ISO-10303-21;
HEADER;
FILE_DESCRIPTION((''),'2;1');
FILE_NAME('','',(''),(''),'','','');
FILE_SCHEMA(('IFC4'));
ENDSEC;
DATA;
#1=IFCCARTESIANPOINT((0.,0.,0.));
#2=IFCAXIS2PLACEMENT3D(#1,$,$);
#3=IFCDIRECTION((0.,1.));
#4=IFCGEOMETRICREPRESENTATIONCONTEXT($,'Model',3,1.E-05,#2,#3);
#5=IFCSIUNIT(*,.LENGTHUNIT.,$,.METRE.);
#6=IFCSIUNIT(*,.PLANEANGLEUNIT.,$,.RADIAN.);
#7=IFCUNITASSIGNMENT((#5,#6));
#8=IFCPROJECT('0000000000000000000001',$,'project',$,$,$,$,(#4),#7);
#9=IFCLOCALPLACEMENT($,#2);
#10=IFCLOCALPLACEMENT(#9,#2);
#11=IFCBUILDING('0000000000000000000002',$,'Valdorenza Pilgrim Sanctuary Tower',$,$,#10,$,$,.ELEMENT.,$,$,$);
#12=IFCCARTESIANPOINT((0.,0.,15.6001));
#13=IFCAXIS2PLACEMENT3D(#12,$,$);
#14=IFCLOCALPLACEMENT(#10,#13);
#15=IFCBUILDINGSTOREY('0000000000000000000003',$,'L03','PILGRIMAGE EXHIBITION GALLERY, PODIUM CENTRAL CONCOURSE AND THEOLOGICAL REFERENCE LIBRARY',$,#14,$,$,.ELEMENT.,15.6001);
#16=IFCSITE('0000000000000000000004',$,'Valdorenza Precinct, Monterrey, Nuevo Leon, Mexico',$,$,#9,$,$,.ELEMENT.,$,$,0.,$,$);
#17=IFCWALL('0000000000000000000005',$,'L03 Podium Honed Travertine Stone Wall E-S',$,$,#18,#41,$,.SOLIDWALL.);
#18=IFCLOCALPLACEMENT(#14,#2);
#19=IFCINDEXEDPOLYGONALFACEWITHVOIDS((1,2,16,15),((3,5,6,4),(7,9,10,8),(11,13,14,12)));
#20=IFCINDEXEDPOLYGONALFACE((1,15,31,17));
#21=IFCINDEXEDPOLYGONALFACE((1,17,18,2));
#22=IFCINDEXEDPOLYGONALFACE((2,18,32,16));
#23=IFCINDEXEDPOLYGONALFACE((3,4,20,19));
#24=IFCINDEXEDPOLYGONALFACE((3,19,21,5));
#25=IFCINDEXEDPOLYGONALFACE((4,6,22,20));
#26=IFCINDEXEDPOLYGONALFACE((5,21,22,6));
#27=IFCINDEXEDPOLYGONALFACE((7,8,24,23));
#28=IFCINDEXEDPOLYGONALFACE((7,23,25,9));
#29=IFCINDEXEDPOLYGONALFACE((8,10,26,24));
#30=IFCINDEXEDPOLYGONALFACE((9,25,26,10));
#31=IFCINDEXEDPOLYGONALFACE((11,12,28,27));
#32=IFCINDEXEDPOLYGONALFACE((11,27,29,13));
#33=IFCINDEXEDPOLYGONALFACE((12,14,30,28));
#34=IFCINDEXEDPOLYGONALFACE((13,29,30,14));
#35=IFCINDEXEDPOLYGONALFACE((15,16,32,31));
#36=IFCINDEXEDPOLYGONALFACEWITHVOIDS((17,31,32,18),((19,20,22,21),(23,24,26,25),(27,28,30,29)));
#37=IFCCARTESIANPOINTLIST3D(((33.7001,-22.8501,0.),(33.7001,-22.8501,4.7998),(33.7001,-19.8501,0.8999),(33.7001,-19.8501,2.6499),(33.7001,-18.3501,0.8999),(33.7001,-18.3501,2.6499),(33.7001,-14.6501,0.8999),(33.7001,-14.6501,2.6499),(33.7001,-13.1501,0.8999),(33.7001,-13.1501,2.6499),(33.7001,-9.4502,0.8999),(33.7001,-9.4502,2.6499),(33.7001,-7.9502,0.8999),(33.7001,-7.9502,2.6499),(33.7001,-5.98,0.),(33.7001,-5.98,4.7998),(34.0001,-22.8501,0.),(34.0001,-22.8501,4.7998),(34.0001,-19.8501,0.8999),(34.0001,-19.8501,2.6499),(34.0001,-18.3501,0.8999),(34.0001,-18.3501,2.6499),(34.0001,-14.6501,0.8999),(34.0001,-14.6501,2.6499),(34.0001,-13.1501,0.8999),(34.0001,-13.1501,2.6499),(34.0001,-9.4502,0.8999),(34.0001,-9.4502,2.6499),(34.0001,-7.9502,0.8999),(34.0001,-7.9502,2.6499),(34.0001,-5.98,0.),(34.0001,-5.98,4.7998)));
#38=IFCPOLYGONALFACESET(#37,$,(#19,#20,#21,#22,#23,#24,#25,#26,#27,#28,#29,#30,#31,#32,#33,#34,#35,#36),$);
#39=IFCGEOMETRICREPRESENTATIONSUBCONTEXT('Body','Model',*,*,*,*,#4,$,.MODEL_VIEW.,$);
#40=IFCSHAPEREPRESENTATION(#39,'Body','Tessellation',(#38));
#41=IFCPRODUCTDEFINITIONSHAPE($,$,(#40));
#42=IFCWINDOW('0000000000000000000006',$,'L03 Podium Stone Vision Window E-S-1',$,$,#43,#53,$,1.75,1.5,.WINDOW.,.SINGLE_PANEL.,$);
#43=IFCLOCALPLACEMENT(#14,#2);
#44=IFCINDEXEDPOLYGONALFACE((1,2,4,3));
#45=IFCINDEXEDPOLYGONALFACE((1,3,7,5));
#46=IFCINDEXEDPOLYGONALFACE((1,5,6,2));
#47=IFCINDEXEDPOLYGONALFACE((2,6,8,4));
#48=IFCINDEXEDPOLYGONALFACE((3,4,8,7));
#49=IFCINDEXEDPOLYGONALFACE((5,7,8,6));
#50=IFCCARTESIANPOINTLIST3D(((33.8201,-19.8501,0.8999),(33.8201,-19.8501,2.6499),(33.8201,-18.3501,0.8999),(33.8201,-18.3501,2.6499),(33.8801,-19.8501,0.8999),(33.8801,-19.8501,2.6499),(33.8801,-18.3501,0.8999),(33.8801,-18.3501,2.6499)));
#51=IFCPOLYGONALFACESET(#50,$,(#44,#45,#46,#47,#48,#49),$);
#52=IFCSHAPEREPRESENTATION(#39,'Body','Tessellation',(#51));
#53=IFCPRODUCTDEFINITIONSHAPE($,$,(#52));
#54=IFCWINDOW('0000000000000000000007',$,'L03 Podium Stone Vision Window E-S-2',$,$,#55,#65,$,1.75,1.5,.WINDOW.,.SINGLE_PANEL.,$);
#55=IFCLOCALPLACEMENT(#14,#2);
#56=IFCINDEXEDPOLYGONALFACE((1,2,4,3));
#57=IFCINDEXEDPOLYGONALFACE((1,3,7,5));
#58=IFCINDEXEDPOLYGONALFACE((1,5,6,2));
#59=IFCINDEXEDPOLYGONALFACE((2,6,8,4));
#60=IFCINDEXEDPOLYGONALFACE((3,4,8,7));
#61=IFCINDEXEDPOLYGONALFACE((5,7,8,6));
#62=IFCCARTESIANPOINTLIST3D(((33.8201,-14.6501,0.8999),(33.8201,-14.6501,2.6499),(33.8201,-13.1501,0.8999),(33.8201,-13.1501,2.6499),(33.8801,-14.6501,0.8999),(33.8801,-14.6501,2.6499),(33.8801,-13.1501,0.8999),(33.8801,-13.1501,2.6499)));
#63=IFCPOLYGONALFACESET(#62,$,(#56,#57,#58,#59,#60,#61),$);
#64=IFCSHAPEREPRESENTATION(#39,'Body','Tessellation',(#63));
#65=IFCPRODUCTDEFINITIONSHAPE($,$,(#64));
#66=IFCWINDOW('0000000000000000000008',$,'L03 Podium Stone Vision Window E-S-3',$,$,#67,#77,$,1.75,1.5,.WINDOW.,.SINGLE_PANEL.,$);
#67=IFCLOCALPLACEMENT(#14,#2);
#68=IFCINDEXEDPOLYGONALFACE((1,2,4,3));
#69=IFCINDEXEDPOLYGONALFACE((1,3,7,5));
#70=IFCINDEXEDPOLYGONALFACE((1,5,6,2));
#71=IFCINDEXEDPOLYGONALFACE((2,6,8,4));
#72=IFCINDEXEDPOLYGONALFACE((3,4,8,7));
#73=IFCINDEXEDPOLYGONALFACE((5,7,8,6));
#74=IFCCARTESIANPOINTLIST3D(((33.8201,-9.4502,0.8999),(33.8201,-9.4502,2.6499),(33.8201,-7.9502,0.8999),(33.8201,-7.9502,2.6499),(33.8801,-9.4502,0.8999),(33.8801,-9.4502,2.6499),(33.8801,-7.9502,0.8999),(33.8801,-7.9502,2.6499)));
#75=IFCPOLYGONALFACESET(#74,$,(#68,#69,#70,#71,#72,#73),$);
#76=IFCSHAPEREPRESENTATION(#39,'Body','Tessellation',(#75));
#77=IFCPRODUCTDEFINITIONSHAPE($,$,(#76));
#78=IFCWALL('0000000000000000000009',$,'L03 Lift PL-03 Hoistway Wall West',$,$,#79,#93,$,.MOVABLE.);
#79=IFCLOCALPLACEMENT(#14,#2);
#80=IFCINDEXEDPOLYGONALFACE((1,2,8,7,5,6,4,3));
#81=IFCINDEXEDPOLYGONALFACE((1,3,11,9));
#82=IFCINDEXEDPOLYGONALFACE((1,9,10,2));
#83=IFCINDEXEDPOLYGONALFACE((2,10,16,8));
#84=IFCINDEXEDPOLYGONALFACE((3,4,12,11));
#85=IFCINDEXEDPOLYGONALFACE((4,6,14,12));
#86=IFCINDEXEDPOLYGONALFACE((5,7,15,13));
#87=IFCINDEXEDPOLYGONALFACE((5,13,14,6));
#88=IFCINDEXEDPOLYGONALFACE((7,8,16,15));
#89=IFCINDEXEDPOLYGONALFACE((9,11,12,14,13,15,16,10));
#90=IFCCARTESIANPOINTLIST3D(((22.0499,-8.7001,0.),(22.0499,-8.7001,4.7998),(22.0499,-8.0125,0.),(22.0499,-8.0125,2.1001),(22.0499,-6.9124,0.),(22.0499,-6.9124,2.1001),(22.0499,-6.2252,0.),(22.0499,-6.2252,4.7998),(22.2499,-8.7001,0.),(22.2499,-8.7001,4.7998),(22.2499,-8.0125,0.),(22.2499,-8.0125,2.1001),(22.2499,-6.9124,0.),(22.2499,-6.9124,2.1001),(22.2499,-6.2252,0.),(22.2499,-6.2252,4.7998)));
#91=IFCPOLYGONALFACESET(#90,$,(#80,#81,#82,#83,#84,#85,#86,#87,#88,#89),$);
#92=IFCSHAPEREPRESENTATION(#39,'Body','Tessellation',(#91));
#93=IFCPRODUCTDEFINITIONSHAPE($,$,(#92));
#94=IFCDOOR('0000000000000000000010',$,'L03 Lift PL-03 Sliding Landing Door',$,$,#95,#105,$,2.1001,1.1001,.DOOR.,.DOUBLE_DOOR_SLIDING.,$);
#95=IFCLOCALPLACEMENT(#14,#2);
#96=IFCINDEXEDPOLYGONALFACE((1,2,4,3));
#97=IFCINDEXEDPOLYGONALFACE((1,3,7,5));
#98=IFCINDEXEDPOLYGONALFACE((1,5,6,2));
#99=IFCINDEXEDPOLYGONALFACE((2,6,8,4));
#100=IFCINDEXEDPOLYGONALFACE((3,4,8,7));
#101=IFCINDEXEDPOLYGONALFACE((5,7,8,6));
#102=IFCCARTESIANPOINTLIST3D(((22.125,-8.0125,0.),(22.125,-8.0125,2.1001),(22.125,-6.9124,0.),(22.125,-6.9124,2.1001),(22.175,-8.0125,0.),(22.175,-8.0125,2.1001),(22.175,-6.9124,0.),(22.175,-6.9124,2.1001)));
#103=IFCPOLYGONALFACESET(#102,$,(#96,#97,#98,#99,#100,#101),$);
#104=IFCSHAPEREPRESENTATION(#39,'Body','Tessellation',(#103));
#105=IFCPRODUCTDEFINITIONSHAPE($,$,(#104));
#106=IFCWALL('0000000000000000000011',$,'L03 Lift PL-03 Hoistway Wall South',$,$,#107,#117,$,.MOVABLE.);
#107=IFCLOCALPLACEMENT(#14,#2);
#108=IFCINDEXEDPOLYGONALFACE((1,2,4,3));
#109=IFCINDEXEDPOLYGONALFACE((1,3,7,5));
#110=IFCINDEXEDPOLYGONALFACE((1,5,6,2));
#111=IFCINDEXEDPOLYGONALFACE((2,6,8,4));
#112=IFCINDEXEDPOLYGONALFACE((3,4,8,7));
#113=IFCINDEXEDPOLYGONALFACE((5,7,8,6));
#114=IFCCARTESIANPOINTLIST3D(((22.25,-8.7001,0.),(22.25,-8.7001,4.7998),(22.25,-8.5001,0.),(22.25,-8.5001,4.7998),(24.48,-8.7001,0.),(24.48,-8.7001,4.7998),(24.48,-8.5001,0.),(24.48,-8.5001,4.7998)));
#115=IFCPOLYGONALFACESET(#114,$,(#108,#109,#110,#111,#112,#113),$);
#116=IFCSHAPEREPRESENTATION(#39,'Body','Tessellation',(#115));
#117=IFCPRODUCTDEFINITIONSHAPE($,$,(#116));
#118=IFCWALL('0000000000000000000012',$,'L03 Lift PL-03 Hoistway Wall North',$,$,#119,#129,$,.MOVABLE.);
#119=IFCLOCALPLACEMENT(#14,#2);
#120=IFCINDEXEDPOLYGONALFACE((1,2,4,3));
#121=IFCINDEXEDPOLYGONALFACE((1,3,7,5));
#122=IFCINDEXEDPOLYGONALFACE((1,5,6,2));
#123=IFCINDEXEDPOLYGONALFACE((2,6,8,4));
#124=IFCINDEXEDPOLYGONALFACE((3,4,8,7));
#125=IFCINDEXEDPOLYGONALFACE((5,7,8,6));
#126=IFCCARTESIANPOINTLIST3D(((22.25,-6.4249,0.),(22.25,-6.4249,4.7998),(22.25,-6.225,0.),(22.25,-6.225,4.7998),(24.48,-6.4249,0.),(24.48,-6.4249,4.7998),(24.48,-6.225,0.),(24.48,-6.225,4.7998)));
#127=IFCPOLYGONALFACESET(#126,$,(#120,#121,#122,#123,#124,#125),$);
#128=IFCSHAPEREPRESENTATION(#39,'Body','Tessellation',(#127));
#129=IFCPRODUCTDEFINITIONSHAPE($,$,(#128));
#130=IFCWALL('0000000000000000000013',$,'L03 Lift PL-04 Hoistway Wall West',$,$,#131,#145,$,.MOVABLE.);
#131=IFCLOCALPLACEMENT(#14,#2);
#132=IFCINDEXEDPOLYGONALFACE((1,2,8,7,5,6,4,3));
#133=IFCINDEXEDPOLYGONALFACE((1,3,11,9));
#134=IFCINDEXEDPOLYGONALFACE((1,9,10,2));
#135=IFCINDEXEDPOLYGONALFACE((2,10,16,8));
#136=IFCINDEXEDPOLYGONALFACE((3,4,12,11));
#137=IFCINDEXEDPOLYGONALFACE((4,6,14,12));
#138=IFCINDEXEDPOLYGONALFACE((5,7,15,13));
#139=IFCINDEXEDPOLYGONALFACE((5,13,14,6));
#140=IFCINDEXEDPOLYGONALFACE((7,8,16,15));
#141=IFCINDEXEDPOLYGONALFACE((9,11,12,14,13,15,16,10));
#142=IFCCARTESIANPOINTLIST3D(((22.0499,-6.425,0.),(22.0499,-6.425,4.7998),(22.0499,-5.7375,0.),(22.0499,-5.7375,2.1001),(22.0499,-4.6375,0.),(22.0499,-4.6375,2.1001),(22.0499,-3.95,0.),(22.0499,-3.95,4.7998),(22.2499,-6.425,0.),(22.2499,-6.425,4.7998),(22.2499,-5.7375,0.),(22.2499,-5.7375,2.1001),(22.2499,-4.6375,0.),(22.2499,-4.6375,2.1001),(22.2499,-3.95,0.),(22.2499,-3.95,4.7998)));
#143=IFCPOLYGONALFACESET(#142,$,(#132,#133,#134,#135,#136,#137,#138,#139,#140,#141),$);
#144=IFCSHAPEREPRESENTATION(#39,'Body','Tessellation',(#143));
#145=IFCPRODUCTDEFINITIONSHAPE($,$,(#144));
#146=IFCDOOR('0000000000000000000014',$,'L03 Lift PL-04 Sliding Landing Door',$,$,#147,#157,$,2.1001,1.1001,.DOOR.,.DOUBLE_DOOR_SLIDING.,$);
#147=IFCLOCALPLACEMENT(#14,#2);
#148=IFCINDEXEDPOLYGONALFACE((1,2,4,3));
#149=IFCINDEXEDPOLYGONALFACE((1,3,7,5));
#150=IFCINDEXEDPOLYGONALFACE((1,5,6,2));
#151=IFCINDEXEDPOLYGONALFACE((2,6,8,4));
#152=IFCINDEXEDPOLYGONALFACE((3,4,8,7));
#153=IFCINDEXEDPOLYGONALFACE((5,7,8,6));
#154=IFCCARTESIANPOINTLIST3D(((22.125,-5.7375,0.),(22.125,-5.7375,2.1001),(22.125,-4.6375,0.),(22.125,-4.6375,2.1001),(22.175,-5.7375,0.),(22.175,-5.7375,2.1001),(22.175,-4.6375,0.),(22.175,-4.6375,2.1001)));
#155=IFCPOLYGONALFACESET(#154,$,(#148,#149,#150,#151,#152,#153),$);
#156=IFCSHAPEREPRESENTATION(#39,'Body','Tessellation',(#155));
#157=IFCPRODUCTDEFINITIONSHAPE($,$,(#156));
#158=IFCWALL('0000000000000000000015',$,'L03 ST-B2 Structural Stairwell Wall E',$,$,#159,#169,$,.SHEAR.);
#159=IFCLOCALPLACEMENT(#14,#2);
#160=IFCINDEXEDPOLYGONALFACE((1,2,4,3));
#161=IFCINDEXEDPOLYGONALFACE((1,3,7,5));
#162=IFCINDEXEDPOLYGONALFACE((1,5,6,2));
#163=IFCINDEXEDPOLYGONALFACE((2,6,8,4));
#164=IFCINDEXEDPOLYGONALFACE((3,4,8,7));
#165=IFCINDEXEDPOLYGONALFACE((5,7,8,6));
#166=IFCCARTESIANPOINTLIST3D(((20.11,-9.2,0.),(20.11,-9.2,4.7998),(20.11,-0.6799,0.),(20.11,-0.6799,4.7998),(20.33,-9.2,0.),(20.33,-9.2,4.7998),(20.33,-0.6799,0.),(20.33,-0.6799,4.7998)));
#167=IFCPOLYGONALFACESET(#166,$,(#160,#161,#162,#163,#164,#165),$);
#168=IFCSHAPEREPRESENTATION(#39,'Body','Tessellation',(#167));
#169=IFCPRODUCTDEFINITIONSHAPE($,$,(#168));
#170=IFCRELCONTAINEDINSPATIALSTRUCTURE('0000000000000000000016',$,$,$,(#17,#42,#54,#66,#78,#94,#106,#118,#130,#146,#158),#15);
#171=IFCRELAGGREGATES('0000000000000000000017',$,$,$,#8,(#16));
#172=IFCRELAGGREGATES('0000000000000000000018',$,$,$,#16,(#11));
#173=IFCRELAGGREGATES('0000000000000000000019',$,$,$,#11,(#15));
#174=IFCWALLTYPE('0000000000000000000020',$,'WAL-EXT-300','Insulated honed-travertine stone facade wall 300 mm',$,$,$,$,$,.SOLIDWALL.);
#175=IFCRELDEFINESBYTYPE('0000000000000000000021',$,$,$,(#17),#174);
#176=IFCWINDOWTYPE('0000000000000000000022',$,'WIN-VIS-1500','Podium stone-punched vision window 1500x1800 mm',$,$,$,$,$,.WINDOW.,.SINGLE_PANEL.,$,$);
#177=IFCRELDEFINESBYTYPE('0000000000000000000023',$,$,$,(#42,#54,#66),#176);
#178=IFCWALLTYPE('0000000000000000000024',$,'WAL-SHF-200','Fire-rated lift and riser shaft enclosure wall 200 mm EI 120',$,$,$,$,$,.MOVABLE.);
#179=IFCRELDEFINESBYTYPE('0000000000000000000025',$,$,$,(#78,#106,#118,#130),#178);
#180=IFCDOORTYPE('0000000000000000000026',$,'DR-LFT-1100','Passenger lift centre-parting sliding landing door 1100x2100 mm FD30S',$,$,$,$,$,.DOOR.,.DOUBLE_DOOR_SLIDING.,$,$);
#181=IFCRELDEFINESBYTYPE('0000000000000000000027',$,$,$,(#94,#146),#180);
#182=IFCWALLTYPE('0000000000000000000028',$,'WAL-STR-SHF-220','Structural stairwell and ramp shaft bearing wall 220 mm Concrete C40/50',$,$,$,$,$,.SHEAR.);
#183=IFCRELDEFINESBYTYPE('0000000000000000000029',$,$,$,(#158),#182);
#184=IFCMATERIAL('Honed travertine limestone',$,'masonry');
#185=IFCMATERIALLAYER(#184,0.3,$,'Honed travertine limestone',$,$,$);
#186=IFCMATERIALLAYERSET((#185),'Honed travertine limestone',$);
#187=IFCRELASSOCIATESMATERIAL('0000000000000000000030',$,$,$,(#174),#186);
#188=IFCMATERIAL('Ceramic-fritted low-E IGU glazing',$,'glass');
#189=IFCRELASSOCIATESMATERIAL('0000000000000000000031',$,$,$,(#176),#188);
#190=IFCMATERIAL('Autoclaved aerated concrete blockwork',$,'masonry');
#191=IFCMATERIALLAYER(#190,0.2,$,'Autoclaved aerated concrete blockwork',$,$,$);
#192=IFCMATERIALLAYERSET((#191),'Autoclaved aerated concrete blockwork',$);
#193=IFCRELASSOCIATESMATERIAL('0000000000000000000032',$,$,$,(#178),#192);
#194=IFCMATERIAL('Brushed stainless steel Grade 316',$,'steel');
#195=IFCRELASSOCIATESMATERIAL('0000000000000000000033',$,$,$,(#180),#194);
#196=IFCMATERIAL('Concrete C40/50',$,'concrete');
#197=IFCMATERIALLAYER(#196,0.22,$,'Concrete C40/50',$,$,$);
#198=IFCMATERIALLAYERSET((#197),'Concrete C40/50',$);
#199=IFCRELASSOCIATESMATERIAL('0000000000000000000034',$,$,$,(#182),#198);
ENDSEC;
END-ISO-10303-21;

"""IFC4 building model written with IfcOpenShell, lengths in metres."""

from ifc_helpers import new_model, si_unit, direction, frame, frame_2d, origin, place, context, subcontext, project, spatial, rectangle, extrude, material, layer, layer_set, type_object, element, fill, save


model = new_model("IFC4")

# Units and contexts
model_context = context("Model", 3, precision=1e-05, world=origin(), true_north=direction((0.0, 1.0)))
body_context = subcontext(model_context, "Body", "Model", "MODEL_VIEW")
ifc_project = project(units=[si_unit("LENGTHUNIT", "METRE"), si_unit("PLANEANGLEUNIT", "RADIAN")], contexts=[model_context])

# Site, building, storey
site_placement = place(None, origin())
site = spatial("IfcSite", under=ifc_project, at=site_placement, Name="Valdorenza Precinct, Monterrey, Nuevo Leon, Mexico", CompositionType="ELEMENT", RefElevation=0.0)
building_placement = place(site_placement, origin())
building = spatial("IfcBuilding", under=site, at=building_placement, Name="Valdorenza Pilgrim Sanctuary Tower", CompositionType="ELEMENT")
storey_placement = place(building_placement, frame((0.0, 0.0, 15.6001)))
storey = spatial("IfcBuildingStorey", under=building, at=storey_placement, Name="L03", Description="PILGRIMAGE EXHIBITION GALLERY, PODIUM CENTRAL CONCOURSE AND THEOLOGICAL REFERENCE LIBRARY", CompositionType="ELEMENT", Elevation=15.6001)

# Wall, openings, windows
ifc_material_1 = material(Name="Honed travertine limestone", Category="masonry")
ifc_layer_1 = layer(ifc_material_1, 0.3, Name="Honed travertine limestone")
ifc_layer_set_1 = layer_set([ifc_layer_1], Name="Honed travertine limestone")
wall_type_1 = type_object("IfcWallType", Name="WAL-EXT-300", Description="Insulated honed-travertine stone facade wall 300 mm", PredefinedType="SOLIDWALL", material=ifc_layer_set_1)
wall_1_placement = place(storey_placement, frame((33.8501, -22.8501, 0.0), z_axis=(0.0, 0.0, 1.0), x_axis=(0.0, 1.0, 0.0)))
wall_1 = element("IfcWall", 1, at=wall_1_placement, inside=storey, type_object=wall_type_1, Name="L03 Podium Honed Travertine Stone Wall E-S", PredefinedType="SOLIDWALL", context=body_context, shape_type="SweptSolid", body=[
    extrude(rectangle(XDim=16.8701, YDim=0.3, at=frame_2d((8.4351, 0.0))), origin(), (0.0, 0.0, 1.0), 4.7998),
])
opening_1_placement = place(wall_1_placement, frame((3.0, 0.0, 0.8999)))
opening_1 = element("IfcOpeningElement", 2, at=opening_1_placement, cuts=wall_1, PredefinedType="OPENING", context=body_context, shape_type="SweptSolid", body=[
    extrude(rectangle(XDim=1.5, YDim=1.75, at=frame_2d((0.75, 0.875))), frame((0.0, 0.165, 0.0), z_axis=(0.0, -1.0, 0.0), x_axis=(1.0, 0.0, 0.0)), (0.0, 0.0, 1.0), 0.3298),
])
opening_2_placement = place(wall_1_placement, frame((8.2, 0.0, 0.8999)))
opening_2 = element("IfcOpeningElement", 3, at=opening_2_placement, cuts=wall_1, PredefinedType="OPENING", context=body_context, shape_type="SweptSolid", body=[
    extrude(rectangle(XDim=1.5, YDim=1.75, at=frame_2d((0.75, 0.875))), frame((0.0, 0.165, 0.0), z_axis=(0.0, -1.0, 0.0), x_axis=(1.0, 0.0, 0.0)), (0.0, 0.0, 1.0), 0.3298),
])
opening_3_placement = place(wall_1_placement, frame((13.3999, 0.0, 0.8999)))
opening_3 = element("IfcOpeningElement", 4, at=opening_3_placement, cuts=wall_1, PredefinedType="OPENING", context=body_context, shape_type="SweptSolid", body=[
    extrude(rectangle(XDim=1.5, YDim=1.75, at=frame_2d((0.75, 0.875))), frame((0.0, 0.165, 0.0), z_axis=(0.0, -1.0, 0.0), x_axis=(1.0, 0.0, 0.0)), (0.0, 0.0, 1.0), 0.3298),
])
ifc_material_2 = material(Name="Ceramic-fritted low-E IGU glazing", Category="glass")
window_type = type_object("IfcWindowType", Name="WIN-VIS-1500", Description="Podium stone-punched vision window 1500x1800 mm", PartitioningType="SINGLE_PANEL", PredefinedType="WINDOW", material=ifc_material_2)
window_1_placement = place(opening_1_placement, origin())
window_1 = element("IfcWindow", 5, at=window_1_placement, inside=storey, type_object=window_type, Name="L03 Podium Stone Vision Window E-S-1", OverallHeight=1.75, OverallWidth=1.5, PartitioningType="SINGLE_PANEL", PredefinedType="WINDOW", context=body_context, shape_type="SweptSolid", body=[
    extrude(rectangle(XDim=1.5, YDim=1.75, at=frame_2d((0.75, 0.875))), frame((0.0, 0.03, 0.0), z_axis=(0.0, -1.0, 0.0), x_axis=(1.0, 0.0, 0.0)), (0.0, 0.0, 1.0), 0.0601),
])
fill(opening_1, window_1)
window_2_placement = place(opening_2_placement, origin())
window_2 = element("IfcWindow", 6, at=window_2_placement, inside=storey, type_object=window_type, Name="L03 Podium Stone Vision Window E-S-2", OverallHeight=1.75, OverallWidth=1.5, PartitioningType="SINGLE_PANEL", PredefinedType="WINDOW", context=body_context, shape_type="SweptSolid", body=[
    extrude(rectangle(XDim=1.5, YDim=1.75, at=frame_2d((0.75, 0.875))), frame((0.0, 0.03, 0.0), z_axis=(0.0, -1.0, 0.0), x_axis=(1.0, 0.0, 0.0)), (0.0, 0.0, 1.0), 0.0601),
])
fill(opening_2, window_2)
window_3_placement = place(opening_3_placement, origin())
window_3 = element("IfcWindow", 7, at=window_3_placement, inside=storey, type_object=window_type, Name="L03 Podium Stone Vision Window E-S-3", OverallHeight=1.75, OverallWidth=1.5, PartitioningType="SINGLE_PANEL", PredefinedType="WINDOW", context=body_context, shape_type="SweptSolid", body=[
    extrude(rectangle(XDim=1.5, YDim=1.75, at=frame_2d((0.75, 0.875))), frame((0.0, 0.03, 0.0), z_axis=(0.0, -1.0, 0.0), x_axis=(1.0, 0.0, 0.0)), (0.0, 0.0, 1.0), 0.0601),
])
fill(opening_3, window_3)

# Wall, opening, door
ifc_material_3 = material(Name="Autoclaved aerated concrete blockwork", Category="masonry")
ifc_layer_2 = layer(ifc_material_3, 0.2, Name="Autoclaved aerated concrete blockwork")
ifc_layer_set_2 = layer_set([ifc_layer_2], Name="Autoclaved aerated concrete blockwork")
wall_type_2 = type_object("IfcWallType", Name="WAL-SHF-200", Description="Fire-rated lift and riser shaft enclosure wall 200 mm EI 120", PredefinedType="MOVABLE", material=ifc_layer_set_2)
wall_2_placement = place(storey_placement, frame((22.1499, -8.7, 0.0), z_axis=(0.0, 0.0, 1.0), x_axis=(0.0, 1.0, 0.0)))
wall_2 = element("IfcWall", 8, at=wall_2_placement, inside=storey, type_object=wall_type_2, Name="L03 Lift PL-03 Hoistway Wall West", PredefinedType="MOVABLE", context=body_context, shape_type="SweptSolid", body=[
    extrude(rectangle(XDim=2.4749, YDim=0.2, at=frame_2d((1.2373, 0.0))), origin(), (0.0, 0.0, 1.0), 4.7998),
])
opening_4_placement = place(wall_2_placement, frame((0.6875, 0.0, 0.0)))
opening_4 = element("IfcOpeningElement", 9, at=opening_4_placement, cuts=wall_2, PredefinedType="OPENING", context=body_context, shape_type="SweptSolid", body=[
    extrude(rectangle(XDim=1.1001, YDim=2.1001, at=frame_2d((0.55, 1.05))), frame((0.0, 0.1147, 0.0), z_axis=(0.0, -1.0, 0.0), x_axis=(1.0, 0.0, 0.0)), (0.0, 0.0, 1.0), 0.2297),
])
ifc_material_4 = material(Name="Brushed stainless steel Grade 316", Category="steel")
door_type_1 = type_object("IfcDoorType", Name="DR-LFT-1100", Description="Passenger lift centre-parting sliding landing door 1100x2100 mm FD30S", OperationType="DOUBLE_DOOR_SLIDING", PredefinedType="DOOR", material=ifc_material_4)
door_1_placement = place(opening_4_placement, origin())
door_1 = element("IfcDoor", 10, at=door_1_placement, inside=storey, type_object=door_type_1, Name="L03 Lift PL-03 Sliding Landing Door", OperationType="DOUBLE_DOOR_SLIDING", OverallHeight=2.1001, OverallWidth=1.1001, PredefinedType="DOOR", context=body_context, shape_type="SweptSolid", body=[
    extrude(rectangle(XDim=1.1001, YDim=2.1001, at=frame_2d((0.55, 1.05))), frame((0.0, 0.0249, 0.0), z_axis=(0.0, -1.0, 0.0), x_axis=(1.0, 0.0, 0.0)), (0.0, 0.0, 1.0), 0.05),
])
fill(opening_4, door_1)

# Walls
for number, where, z_axis, x_axis, name in (
    (11, (22.25, -8.6001, 0.0), (0.0, 0.0, 1.0), (1.0, 0.0, 0.0), "L03 Lift PL-03 Hoistway Wall South"),
    (12, (22.25, -6.325, 0.0), (0.0, 0.0, 1.0), (1.0, 0.0, 0.0), "L03 Lift PL-03 Hoistway Wall North"),
):
    element("IfcWall", number, at=place(storey_placement, frame(where, z_axis=z_axis, x_axis=x_axis)), inside=storey, type_object=wall_type_2, Name=name, PredefinedType="MOVABLE", context=body_context, shape_type="SweptSolid", body=[
        extrude(rectangle(XDim=2.23, YDim=0.2, at=frame_2d((1.115, 0.0))), origin(), (0.0, 0.0, 1.0), 4.7998),
    ])

# Wall, opening, door
wall_3_placement = place(storey_placement, frame((22.1499, -6.425, 0.0), z_axis=(0.0, 0.0, 1.0), x_axis=(0.0, 1.0, 0.0)))
wall_3 = element("IfcWall", 13, at=wall_3_placement, inside=storey, type_object=wall_type_2, Name="L03 Lift PL-04 Hoistway Wall West", PredefinedType="MOVABLE", context=body_context, shape_type="SweptSolid", body=[
    extrude(rectangle(XDim=2.4751, YDim=0.2, at=frame_2d((1.2375, 0.0))), origin(), (0.0, 0.0, 1.0), 4.7998),
])
opening_5_placement = place(wall_3_placement, frame((0.6875, 0.0, 0.0)))
opening_5 = element("IfcOpeningElement", 14, at=opening_5_placement, cuts=wall_3, PredefinedType="OPENING", context=body_context, shape_type="SweptSolid", body=[
    extrude(rectangle(XDim=1.1001, YDim=2.1001, at=frame_2d((0.55, 1.05))), frame((0.0, 0.1147, 0.0), z_axis=(0.0, -1.0, 0.0), x_axis=(1.0, 0.0, 0.0)), (0.0, 0.0, 1.0), 0.2297),
])
door_2_placement = place(opening_5_placement, origin())
door_2 = element("IfcDoor", 15, at=door_2_placement, inside=storey, type_object=door_type_1, Name="L03 Lift PL-04 Sliding Landing Door", OperationType="DOUBLE_DOOR_SLIDING", OverallHeight=2.1001, OverallWidth=1.1001, PredefinedType="DOOR", context=body_context, shape_type="SweptSolid", body=[
    extrude(rectangle(XDim=1.1001, YDim=2.1001, at=frame_2d((0.55, 1.05))), frame((0.0, 0.0249, 0.0), z_axis=(0.0, -1.0, 0.0), x_axis=(1.0, 0.0, 0.0)), (0.0, 0.0, 1.0), 0.05),
])
fill(opening_5, door_2)

# Wall
ifc_material_5 = material(Name="Concrete C40/50", Category="concrete")
ifc_layer_3 = layer(ifc_material_5, 0.22, Name="Concrete C40/50")
ifc_layer_set_3 = layer_set([ifc_layer_3], Name="Concrete C40/50")
wall_type_3 = type_object("IfcWallType", Name="WAL-STR-SHF-220", Description="Structural stairwell and ramp shaft bearing wall 220 mm Concrete C40/50", PredefinedType="SHEAR", material=ifc_layer_set_3)
wall_4_placement = place(storey_placement, frame((20.22, -9.2, 0.0), z_axis=(0.0, 0.0, 1.0), x_axis=(0.0, 1.0, 0.0)))
element("IfcWall", 16, at=wall_4_placement, inside=storey, type_object=wall_type_3, Name="L03 ST-B2 Structural Stairwell Wall E", PredefinedType="SHEAR", context=body_context, shape_type="SweptSolid", body=[
    extrude(rectangle(XDim=8.52, YDim=0.22, at=frame_2d((4.26, 0.0))), origin(), (0.0, 0.0, 1.0), 4.7998),
])

save(model, "model.ifc")
